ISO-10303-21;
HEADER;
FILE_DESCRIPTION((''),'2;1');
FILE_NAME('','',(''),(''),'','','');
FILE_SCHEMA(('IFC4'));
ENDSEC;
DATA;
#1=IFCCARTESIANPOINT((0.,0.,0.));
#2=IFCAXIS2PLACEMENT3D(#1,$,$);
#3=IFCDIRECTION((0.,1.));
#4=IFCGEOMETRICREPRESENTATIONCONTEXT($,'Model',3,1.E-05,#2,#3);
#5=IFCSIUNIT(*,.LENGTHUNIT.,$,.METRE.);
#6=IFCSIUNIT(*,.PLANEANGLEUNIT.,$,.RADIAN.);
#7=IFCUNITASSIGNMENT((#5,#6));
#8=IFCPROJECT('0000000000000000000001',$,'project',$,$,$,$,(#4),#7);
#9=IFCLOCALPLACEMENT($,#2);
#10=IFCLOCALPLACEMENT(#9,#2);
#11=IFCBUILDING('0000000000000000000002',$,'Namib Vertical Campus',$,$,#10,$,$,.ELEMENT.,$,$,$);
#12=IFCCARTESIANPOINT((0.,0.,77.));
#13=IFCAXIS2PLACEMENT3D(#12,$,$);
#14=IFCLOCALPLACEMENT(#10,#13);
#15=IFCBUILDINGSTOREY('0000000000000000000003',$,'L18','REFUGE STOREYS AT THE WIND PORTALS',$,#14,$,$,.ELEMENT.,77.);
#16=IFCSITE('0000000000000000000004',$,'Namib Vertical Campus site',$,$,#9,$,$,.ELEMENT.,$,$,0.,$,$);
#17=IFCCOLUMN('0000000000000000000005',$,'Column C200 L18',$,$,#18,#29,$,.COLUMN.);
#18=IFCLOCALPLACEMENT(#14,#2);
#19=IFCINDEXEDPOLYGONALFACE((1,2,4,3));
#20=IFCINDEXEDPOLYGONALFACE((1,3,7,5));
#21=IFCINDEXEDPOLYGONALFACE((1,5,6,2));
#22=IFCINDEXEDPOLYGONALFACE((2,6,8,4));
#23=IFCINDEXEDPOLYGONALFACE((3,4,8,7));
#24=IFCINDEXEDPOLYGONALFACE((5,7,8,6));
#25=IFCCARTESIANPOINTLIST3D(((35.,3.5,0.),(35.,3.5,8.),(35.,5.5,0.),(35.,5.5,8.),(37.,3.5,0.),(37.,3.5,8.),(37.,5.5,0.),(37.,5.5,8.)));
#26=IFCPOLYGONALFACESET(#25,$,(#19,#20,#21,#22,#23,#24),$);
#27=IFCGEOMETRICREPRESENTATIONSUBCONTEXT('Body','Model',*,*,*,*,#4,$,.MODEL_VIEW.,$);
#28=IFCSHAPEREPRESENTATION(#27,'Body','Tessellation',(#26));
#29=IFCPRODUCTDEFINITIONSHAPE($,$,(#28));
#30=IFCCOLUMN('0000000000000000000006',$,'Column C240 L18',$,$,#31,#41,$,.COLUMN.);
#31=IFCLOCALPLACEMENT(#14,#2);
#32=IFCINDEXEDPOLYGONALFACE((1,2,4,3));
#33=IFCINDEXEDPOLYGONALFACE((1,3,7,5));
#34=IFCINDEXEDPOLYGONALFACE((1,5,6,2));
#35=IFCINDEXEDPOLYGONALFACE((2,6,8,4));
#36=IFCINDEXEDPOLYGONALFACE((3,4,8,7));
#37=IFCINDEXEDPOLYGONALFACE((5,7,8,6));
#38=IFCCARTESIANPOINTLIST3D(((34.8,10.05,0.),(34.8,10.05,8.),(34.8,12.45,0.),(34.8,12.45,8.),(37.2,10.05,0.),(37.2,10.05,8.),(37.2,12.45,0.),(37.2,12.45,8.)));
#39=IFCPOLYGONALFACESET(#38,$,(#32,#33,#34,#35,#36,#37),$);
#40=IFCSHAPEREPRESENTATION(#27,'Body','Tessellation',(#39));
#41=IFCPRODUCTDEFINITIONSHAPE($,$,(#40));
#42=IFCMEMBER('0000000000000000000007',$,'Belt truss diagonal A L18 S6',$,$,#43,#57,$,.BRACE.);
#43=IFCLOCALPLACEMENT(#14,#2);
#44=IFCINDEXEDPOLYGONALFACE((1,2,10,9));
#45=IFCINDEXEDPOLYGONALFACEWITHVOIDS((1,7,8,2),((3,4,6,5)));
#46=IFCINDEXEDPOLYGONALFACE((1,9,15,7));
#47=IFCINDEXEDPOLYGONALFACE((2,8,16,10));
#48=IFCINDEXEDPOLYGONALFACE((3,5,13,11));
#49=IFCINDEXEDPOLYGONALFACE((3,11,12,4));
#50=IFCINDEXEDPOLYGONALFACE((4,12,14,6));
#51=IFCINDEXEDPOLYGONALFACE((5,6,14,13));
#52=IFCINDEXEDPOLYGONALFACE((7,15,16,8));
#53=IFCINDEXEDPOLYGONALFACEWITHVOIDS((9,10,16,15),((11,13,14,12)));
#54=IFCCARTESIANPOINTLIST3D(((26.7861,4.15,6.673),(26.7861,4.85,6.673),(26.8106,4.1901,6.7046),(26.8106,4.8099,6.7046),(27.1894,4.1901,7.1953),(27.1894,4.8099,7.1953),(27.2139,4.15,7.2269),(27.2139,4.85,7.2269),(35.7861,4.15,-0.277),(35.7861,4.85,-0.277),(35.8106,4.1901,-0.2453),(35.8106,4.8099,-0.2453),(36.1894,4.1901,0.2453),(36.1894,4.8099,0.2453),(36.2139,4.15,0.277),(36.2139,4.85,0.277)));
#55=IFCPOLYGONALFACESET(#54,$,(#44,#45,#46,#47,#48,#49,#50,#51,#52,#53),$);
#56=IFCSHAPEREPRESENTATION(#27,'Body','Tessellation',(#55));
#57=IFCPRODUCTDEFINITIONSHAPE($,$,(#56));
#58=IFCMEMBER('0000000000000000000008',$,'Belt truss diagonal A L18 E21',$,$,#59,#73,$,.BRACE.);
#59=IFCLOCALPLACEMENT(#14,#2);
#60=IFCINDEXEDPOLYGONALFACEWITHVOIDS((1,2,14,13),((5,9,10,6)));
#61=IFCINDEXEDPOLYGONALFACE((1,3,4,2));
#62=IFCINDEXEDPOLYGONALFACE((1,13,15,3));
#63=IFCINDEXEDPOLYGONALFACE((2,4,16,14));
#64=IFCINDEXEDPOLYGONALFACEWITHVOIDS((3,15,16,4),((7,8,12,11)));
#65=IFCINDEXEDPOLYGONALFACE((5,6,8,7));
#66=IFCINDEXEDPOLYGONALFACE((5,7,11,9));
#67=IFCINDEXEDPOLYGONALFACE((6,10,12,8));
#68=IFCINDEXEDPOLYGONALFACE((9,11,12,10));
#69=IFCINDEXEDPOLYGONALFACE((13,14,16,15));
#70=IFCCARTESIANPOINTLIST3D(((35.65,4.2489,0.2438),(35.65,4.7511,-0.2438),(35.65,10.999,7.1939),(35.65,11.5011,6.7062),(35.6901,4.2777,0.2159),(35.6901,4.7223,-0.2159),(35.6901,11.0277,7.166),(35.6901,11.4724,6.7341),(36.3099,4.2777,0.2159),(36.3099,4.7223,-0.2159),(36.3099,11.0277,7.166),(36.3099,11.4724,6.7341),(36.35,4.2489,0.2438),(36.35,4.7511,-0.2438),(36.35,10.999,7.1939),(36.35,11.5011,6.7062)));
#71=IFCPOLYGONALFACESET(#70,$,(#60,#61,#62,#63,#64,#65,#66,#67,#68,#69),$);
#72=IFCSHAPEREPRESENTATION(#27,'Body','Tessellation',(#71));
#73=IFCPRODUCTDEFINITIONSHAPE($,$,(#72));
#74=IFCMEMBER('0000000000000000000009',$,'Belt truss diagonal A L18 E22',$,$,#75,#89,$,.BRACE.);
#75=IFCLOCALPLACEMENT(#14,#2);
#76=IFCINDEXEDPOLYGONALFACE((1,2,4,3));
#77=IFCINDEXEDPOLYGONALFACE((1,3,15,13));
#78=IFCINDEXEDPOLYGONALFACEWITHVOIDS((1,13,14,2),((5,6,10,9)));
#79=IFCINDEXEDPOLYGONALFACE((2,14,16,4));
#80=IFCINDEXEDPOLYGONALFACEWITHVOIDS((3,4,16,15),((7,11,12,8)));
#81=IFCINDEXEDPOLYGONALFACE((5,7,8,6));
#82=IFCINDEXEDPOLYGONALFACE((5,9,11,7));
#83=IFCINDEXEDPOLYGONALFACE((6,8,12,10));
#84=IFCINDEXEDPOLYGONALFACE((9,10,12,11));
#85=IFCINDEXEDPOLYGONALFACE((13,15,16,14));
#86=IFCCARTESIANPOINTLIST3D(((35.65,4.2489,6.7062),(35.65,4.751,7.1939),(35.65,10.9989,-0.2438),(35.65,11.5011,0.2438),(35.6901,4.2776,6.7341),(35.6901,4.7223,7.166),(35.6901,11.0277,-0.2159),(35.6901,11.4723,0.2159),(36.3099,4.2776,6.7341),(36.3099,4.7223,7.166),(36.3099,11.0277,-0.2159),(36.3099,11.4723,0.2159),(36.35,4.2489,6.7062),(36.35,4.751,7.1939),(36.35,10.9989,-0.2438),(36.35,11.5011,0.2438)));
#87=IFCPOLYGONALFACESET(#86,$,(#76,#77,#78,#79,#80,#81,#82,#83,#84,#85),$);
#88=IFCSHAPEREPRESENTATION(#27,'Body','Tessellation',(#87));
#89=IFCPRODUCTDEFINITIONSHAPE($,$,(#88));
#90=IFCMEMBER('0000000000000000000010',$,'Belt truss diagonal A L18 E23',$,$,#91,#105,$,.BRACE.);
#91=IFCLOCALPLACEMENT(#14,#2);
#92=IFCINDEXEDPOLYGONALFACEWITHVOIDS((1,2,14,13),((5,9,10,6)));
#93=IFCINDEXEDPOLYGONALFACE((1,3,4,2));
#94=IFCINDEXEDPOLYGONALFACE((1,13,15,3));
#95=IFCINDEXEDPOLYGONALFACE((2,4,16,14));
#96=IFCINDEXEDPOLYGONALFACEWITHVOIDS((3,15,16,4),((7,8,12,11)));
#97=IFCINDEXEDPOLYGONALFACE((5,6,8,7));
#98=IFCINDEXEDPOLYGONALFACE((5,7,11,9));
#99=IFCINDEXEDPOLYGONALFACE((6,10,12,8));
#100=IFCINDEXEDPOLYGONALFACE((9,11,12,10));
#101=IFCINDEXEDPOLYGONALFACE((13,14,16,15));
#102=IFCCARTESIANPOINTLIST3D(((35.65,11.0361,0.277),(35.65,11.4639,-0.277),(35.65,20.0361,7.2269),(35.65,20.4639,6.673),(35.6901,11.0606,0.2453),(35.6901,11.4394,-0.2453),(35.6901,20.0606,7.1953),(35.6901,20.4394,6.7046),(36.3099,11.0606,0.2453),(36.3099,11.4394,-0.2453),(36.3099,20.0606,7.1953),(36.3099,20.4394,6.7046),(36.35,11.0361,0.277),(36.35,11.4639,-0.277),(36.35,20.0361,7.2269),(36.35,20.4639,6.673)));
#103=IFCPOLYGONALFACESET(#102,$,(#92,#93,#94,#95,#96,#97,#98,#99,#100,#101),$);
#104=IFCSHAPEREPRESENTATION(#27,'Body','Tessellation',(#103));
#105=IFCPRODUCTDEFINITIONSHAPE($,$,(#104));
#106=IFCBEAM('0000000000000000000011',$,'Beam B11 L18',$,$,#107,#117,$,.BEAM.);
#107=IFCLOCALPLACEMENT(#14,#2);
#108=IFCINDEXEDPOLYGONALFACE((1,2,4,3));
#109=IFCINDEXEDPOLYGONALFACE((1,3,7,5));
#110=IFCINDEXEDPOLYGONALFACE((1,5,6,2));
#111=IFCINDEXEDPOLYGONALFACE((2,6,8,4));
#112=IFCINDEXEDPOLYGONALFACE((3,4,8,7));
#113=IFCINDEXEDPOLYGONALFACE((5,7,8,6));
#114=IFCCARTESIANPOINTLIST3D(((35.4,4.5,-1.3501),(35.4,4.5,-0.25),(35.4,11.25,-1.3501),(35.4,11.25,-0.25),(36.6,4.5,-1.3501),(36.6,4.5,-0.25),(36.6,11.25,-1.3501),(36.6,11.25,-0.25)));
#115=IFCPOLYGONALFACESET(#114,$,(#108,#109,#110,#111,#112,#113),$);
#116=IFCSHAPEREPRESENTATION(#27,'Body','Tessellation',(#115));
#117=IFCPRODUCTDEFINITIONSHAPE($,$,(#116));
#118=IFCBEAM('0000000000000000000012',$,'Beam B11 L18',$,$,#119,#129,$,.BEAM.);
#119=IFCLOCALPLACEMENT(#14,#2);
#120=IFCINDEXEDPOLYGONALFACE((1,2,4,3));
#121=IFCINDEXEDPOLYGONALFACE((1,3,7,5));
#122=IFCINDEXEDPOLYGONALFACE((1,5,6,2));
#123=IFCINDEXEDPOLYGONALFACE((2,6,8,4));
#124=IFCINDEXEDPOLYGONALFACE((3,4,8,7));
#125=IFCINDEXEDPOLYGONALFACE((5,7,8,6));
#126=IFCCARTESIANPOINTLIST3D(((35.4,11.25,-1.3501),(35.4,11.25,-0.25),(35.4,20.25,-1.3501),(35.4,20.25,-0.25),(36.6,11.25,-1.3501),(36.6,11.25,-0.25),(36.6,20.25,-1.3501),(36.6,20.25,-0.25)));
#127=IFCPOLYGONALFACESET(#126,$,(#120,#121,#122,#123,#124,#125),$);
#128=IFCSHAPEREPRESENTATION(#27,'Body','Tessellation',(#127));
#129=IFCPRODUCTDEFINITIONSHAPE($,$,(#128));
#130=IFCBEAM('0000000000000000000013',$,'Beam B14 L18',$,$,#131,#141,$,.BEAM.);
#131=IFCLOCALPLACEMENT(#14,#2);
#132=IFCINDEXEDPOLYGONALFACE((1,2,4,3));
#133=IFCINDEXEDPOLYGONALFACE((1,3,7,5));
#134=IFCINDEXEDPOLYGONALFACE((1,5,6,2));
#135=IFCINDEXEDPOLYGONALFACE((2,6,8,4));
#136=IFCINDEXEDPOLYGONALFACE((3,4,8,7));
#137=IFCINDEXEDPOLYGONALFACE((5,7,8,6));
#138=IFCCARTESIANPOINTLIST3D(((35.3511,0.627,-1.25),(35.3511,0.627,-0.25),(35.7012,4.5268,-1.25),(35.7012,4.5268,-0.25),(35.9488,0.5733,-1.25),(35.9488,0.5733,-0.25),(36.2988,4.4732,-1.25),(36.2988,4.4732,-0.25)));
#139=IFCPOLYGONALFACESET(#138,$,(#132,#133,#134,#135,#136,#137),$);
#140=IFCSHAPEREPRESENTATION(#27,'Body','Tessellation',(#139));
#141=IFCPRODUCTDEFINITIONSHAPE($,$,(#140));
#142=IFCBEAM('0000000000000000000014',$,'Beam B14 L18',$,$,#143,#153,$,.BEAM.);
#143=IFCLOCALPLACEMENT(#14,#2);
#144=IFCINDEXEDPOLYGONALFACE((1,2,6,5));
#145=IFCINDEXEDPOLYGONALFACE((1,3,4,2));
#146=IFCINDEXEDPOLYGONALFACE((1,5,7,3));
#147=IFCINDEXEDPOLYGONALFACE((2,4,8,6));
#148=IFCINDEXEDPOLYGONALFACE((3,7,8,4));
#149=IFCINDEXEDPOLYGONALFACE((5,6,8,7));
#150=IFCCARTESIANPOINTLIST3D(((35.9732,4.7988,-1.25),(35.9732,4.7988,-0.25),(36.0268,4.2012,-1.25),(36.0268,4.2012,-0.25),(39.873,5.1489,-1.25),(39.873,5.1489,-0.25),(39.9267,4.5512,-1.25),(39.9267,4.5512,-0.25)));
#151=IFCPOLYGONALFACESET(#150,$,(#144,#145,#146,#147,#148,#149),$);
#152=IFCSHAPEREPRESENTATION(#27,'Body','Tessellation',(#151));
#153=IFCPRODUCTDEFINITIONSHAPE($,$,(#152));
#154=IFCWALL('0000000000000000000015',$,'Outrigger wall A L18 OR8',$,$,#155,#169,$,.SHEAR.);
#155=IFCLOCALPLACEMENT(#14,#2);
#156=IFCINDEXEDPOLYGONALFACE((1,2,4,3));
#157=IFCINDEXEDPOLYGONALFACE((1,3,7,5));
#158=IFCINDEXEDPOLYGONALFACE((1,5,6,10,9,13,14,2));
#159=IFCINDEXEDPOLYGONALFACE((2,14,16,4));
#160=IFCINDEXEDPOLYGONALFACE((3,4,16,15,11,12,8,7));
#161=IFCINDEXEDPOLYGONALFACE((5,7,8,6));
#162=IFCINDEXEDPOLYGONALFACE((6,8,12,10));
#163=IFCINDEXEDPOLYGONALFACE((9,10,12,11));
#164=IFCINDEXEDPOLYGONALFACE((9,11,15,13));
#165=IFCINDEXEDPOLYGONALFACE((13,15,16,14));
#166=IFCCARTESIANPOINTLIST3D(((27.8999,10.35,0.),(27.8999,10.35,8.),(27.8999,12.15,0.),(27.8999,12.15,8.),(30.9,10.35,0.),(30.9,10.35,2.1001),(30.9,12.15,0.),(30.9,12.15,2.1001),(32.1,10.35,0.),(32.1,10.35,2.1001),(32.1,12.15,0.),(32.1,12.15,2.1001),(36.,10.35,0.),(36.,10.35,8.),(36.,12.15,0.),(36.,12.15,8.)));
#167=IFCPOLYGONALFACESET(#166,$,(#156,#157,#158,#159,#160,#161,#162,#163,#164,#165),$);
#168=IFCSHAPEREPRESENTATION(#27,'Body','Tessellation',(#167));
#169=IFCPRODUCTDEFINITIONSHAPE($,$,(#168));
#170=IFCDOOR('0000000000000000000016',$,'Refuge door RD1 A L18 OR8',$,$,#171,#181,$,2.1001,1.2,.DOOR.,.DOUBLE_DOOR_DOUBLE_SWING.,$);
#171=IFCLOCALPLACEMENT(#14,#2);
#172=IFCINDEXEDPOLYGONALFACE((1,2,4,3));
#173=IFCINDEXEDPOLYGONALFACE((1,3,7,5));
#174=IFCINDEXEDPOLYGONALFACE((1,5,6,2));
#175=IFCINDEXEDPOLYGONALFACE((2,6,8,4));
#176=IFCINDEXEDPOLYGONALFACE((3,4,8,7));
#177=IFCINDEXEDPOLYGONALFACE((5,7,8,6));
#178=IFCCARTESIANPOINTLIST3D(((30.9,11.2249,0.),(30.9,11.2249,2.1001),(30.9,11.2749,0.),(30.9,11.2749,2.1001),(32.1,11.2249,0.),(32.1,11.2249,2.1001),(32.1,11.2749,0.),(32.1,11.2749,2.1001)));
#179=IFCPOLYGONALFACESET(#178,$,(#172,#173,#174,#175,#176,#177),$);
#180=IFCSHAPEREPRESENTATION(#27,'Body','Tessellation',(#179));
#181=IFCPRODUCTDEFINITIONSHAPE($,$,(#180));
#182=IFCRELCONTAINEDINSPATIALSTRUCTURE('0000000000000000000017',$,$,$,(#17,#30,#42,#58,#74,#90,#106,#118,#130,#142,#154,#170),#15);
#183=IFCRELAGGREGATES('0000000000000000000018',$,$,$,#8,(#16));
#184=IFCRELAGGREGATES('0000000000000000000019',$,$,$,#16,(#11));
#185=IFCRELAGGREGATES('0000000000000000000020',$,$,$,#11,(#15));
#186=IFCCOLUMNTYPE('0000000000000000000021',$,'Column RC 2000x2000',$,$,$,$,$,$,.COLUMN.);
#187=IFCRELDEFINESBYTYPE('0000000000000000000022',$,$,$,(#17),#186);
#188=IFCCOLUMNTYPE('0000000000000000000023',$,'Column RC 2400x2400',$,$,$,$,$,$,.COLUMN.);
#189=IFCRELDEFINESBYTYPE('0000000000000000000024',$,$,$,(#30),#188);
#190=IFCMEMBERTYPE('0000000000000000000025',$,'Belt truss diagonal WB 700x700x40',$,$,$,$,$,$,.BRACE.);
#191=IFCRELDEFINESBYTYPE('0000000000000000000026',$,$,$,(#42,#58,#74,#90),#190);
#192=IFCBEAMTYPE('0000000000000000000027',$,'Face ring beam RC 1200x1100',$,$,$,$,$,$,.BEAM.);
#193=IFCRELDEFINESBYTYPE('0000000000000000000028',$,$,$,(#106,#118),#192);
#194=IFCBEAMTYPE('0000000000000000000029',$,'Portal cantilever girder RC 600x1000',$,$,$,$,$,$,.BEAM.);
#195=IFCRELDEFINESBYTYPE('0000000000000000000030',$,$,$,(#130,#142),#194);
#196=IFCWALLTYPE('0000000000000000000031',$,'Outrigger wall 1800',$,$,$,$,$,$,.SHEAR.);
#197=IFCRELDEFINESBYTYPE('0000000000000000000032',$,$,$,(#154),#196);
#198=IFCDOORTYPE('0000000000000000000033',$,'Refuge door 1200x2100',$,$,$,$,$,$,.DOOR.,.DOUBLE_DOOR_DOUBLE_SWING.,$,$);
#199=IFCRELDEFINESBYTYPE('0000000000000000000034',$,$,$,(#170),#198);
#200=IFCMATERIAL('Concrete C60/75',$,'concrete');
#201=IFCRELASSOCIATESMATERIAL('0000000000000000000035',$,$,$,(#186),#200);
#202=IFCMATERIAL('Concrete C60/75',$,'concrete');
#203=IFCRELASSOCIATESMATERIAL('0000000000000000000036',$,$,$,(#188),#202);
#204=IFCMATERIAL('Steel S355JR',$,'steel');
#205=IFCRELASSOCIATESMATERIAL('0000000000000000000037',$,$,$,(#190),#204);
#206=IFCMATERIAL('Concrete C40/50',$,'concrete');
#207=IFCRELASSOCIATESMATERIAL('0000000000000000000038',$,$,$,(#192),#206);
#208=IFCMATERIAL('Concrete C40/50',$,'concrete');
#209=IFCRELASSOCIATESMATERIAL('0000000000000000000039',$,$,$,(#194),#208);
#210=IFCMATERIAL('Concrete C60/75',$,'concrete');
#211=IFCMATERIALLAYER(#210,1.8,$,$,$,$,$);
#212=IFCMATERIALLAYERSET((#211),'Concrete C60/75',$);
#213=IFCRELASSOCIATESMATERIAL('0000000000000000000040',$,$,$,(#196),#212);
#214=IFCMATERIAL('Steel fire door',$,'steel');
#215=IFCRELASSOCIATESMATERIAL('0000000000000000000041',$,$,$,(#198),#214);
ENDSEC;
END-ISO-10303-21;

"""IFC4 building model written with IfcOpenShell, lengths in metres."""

from ifc_helpers import new_model, si_unit, direction, frame, frame_2d, origin, origin_2d, place, context, subcontext, project, spatial, rectangle, hollow_rectangle, extrude, material, layer, layer_set, material_profile, profile_set, type_object, element, fill, save


model = new_model("IFC4")

# Units and contexts
model_context = context("Model", 3, precision=1e-05, world=origin(), true_north=direction((0.0, 1.0)))
body_context = subcontext(model_context, "Body", "Model", "MODEL_VIEW")
ifc_project = project(units=[si_unit("LENGTHUNIT", "METRE"), si_unit("PLANEANGLEUNIT", "RADIAN")], contexts=[model_context])

# Site, building, storey
site_placement = place(None, origin())
site = spatial("IfcSite", under=ifc_project, at=site_placement, Name="Namib Vertical Campus site", CompositionType="ELEMENT", RefElevation=0.0)
building_placement = place(site_placement, origin())
building = spatial("IfcBuilding", under=site, at=building_placement, Name="Namib Vertical Campus", CompositionType="ELEMENT")
storey_placement = place(building_placement, frame((0.0, 0.0, 77.0)))
storey = spatial("IfcBuildingStorey", under=building, at=storey_placement, Name="L18", Description="REFUGE STOREYS AT THE WIND PORTALS", CompositionType="ELEMENT", Elevation=77.0)

# Columns
ifc_material_1 = material(Name="Concrete C60/75", Category="concrete")
ifc_material_profile_1 = material_profile(ifc_material_1, rectangle(XDim=2.0, YDim=2.0, at=origin_2d()))
ifc_profile_set_1 = profile_set([ifc_material_profile_1], Name="Concrete C60/75")
column_type_1 = type_object("IfcColumnType", Name="Column RC 2000x2000", PredefinedType="COLUMN", material=ifc_profile_set_1)
column_1_placement = place(storey_placement, frame((36.0, 4.5, 0.0), z_axis=(0.0, 0.0, 1.0), x_axis=(1.0, 0.0, 0.0)))
element("IfcColumn", 1, at=column_1_placement, inside=storey, type_object=column_type_1, Name="Column C200 L18", PredefinedType="COLUMN", context=body_context, shape_type="SweptSolid", body=[
    extrude(rectangle(XDim=2.0, YDim=2.0, at=origin_2d()), origin(), (0.0, 0.0, 1.0), 8.0),
])
ifc_material_2 = material(Name="Concrete C60/75", Category="concrete")
ifc_material_profile_2 = material_profile(ifc_material_2, rectangle(XDim=2.3999, YDim=2.3999, at=origin_2d()))
ifc_profile_set_2 = profile_set([ifc_material_profile_2], Name="Concrete C60/75")
column_type_2 = type_object("IfcColumnType", Name="Column RC 2400x2400", PredefinedType="COLUMN", material=ifc_profile_set_2)
column_2_placement = place(storey_placement, frame((36.0, 11.25, 0.0), z_axis=(0.0, 0.0, 1.0), x_axis=(1.0, 0.0, 0.0)))
element("IfcColumn", 2, at=column_2_placement, inside=storey, type_object=column_type_2, Name="Column C240 L18", PredefinedType="COLUMN", context=body_context, shape_type="SweptSolid", body=[
    extrude(rectangle(XDim=2.3999, YDim=2.3999, at=origin_2d()), origin(), (0.0, 0.0, 1.0), 8.0),
])

# Members
ifc_material_3 = material(Name="Steel S355JR", Category="steel")
ifc_material_profile_3 = material_profile(ifc_material_3, hollow_rectangle(XDim=0.7, YDim=0.7, WallThickness=0.04, at=origin_2d()))
ifc_profile_set_3 = profile_set([ifc_material_profile_3], Name="Steel S355JR")
member_type = type_object("IfcMemberType", Name="Belt truss diagonal WB 700x700x40", PredefinedType="BRACE", material=ifc_profile_set_3)
member_1_placement = place(storey_placement, frame((36.0, 4.5, 0.0), z_axis=(-0.79148, 0.0, 0.611194), x_axis=(0.0, -1.0, 0.0)))
element("IfcMember", 3, at=member_1_placement, inside=storey, type_object=member_type, Name="Belt truss diagonal A L18 S6", PredefinedType="BRACE", context=body_context, shape_type="SweptSolid", body=[
    extrude(hollow_rectangle(XDim=0.7, YDim=0.7, WallThickness=0.04, at=origin_2d()), origin(), (0.0, 0.0, 1.0), 11.3711),
])
for number, where, z_axis, x_axis, name in (
    (4, (36.0, 4.5, 0.0), (0.0, 0.696712, 0.717351), (-1.0, 0.0, 0.0), "Belt truss diagonal A L18 E21"),
    (5, (36.0, 11.25, 0.0), (0.0, -0.696712, 0.717351), (1.0, 0.0, 0.0), "Belt truss diagonal A L18 E22"),
):
    element("IfcMember", number, at=place(storey_placement, frame(where, z_axis=z_axis, x_axis=x_axis)), inside=storey, type_object=member_type, Name=name, PredefinedType="BRACE", context=body_context, shape_type="SweptSolid", body=[
        extrude(hollow_rectangle(XDim=0.7, YDim=0.7, WallThickness=0.04, at=origin_2d()), origin(), (0.0, 0.0, 1.0), 9.6885),
    ])
member_2_placement = place(storey_placement, frame((36.0, 11.25, 0.0), z_axis=(0.0, 0.79148, 0.611194), x_axis=(-1.0, 0.0, 0.0)))
element("IfcMember", 6, at=member_2_placement, inside=storey, type_object=member_type, Name="Belt truss diagonal A L18 E23", PredefinedType="BRACE", context=body_context, shape_type="SweptSolid", body=[
    extrude(hollow_rectangle(XDim=0.7, YDim=0.7, WallThickness=0.04, at=origin_2d()), origin(), (0.0, 0.0, 1.0), 11.3711),
])

# Beams
ifc_material_4 = material(Name="Concrete C40/50", Category="concrete")
ifc_material_profile_4 = material_profile(ifc_material_4, rectangle(XDim=1.2, YDim=1.1001, at=origin_2d()))
ifc_profile_set_4 = profile_set([ifc_material_profile_4], Name="Concrete C40/50")
beam_type_1 = type_object("IfcBeamType", Name="Face ring beam RC 1200x1100", PredefinedType="BEAM", material=ifc_profile_set_4)
beam_1_placement = place(storey_placement, frame((36.0, 4.5, -0.8), z_axis=(0.0, 1.0, 0.0), x_axis=(-1.0, 0.0, 0.0)))
element("IfcBeam", 7, at=beam_1_placement, inside=storey, type_object=beam_type_1, Name="Beam B11 L18", PredefinedType="BEAM", context=body_context, shape_type="SweptSolid", body=[
    extrude(rectangle(XDim=1.2, YDim=1.1001, at=origin_2d()), origin(), (0.0, 0.0, 1.0), 6.75),
])
beam_2_placement = place(storey_placement, frame((36.0, 11.25, -0.8), z_axis=(0.0, 1.0, 0.0), x_axis=(-1.0, 0.0, 0.0)))
element("IfcBeam", 8, at=beam_2_placement, inside=storey, type_object=beam_type_1, Name="Beam B11 L18", PredefinedType="BEAM", context=body_context, shape_type="SweptSolid", body=[
    extrude(rectangle(XDim=1.2, YDim=1.1001, at=origin_2d()), origin(), (0.0, 0.0, 1.0), 9.0),
])
ifc_material_5 = material(Name="Concrete C40/50", Category="concrete")
ifc_material_profile_5 = material_profile(ifc_material_5, rectangle(XDim=0.6001, YDim=1.0, at=origin_2d()))
ifc_profile_set_5 = profile_set([ifc_material_profile_5], Name="Concrete C40/50")
beam_type_2 = type_object("IfcBeamType", Name="Portal cantilever girder RC 600x1000", PredefinedType="BEAM", material=ifc_profile_set_5)
for number, where, z_axis, x_axis, name in (
    (9, (36.0, 4.5, -0.75), (-0.089411, -0.995995, 0.0), (0.995995, -0.089411, 0.0), "Beam B14 L18"),
    (10, (36.0, 4.5, -0.75), (0.995995, 0.089411, 0.0), (-0.089411, 0.995995, 0.0), "Beam B14 L18"),
):
    element("IfcBeam", number, at=place(storey_placement, frame(where, z_axis=z_axis, x_axis=x_axis)), inside=storey, type_object=beam_type_2, Name=name, PredefinedType="BEAM", context=body_context, shape_type="SweptSolid", body=[
        extrude(rectangle(XDim=0.6001, YDim=1.0, at=origin_2d()), origin(), (0.0, 0.0, 1.0), 3.9155),
    ])

# Wall, opening, door
ifc_material_6 = material(Name="Concrete C60/75", Category="concrete")
ifc_layer = layer(ifc_material_6, 1.8)
ifc_layer_set = layer_set([ifc_layer], Name="Concrete C60/75")
wall_type = type_object("IfcWallType", Name="Outrigger wall 1800", PredefinedType="SHEAR", material=ifc_layer_set)
wall_placement = place(storey_placement, frame((27.8999, 11.25, 0.0), z_axis=(0.0, 0.0, 1.0), x_axis=(1.0, 0.0, 0.0)))
wall = element("IfcWall", 11, at=wall_placement, inside=storey, type_object=wall_type, Name="Outrigger wall A L18 OR8", PredefinedType="SHEAR", context=body_context, shape_type="SweptSolid", body=[
    extrude(rectangle(XDim=8.1001, YDim=1.8, at=frame_2d((4.05, 0.0))), origin(), (0.0, 0.0, 1.0), 8.0),
])
opening_placement = place(wall_placement, frame((3.0, 0.0, 0.0)))
opening = element("IfcOpeningElement", 12, at=opening_placement, cuts=wall, PredefinedType="OPENING", context=body_context, shape_type="SweptSolid", body=[
    extrude(rectangle(XDim=1.2, YDim=2.1001, at=frame_2d((0.6001, 1.05))), frame((0.0, 0.9099, 0.0), z_axis=(0.0, -1.0, 0.0), x_axis=(1.0, 0.0, 0.0)), (0.0, 0.0, 1.0), 1.8201),
])
ifc_material_7 = material(Name="Steel fire door", Category="steel")
door_type = type_object("IfcDoorType", Name="Refuge door 1200x2100", OperationType="DOUBLE_DOOR_DOUBLE_SWING", PredefinedType="DOOR", material=ifc_material_7)
door_placement = place(opening_placement, origin())
door = element("IfcDoor", 13, at=door_placement, inside=storey, type_object=door_type, Name="Refuge door RD1 A L18 OR8", OperationType="DOUBLE_DOOR_DOUBLE_SWING", OverallHeight=2.1001, OverallWidth=1.2, PredefinedType="DOOR", context=body_context, shape_type="SweptSolid", body=[
    extrude(rectangle(XDim=1.2, YDim=2.1001, at=frame_2d((0.6001, 1.05))), frame((0.0, 0.0249, 0.0), z_axis=(0.0, -1.0, 0.0), x_axis=(1.0, 0.0, 0.0)), (0.0, 0.0, 1.0), 0.05),
])
fill(opening, door)

save(model, "model.ifc")
